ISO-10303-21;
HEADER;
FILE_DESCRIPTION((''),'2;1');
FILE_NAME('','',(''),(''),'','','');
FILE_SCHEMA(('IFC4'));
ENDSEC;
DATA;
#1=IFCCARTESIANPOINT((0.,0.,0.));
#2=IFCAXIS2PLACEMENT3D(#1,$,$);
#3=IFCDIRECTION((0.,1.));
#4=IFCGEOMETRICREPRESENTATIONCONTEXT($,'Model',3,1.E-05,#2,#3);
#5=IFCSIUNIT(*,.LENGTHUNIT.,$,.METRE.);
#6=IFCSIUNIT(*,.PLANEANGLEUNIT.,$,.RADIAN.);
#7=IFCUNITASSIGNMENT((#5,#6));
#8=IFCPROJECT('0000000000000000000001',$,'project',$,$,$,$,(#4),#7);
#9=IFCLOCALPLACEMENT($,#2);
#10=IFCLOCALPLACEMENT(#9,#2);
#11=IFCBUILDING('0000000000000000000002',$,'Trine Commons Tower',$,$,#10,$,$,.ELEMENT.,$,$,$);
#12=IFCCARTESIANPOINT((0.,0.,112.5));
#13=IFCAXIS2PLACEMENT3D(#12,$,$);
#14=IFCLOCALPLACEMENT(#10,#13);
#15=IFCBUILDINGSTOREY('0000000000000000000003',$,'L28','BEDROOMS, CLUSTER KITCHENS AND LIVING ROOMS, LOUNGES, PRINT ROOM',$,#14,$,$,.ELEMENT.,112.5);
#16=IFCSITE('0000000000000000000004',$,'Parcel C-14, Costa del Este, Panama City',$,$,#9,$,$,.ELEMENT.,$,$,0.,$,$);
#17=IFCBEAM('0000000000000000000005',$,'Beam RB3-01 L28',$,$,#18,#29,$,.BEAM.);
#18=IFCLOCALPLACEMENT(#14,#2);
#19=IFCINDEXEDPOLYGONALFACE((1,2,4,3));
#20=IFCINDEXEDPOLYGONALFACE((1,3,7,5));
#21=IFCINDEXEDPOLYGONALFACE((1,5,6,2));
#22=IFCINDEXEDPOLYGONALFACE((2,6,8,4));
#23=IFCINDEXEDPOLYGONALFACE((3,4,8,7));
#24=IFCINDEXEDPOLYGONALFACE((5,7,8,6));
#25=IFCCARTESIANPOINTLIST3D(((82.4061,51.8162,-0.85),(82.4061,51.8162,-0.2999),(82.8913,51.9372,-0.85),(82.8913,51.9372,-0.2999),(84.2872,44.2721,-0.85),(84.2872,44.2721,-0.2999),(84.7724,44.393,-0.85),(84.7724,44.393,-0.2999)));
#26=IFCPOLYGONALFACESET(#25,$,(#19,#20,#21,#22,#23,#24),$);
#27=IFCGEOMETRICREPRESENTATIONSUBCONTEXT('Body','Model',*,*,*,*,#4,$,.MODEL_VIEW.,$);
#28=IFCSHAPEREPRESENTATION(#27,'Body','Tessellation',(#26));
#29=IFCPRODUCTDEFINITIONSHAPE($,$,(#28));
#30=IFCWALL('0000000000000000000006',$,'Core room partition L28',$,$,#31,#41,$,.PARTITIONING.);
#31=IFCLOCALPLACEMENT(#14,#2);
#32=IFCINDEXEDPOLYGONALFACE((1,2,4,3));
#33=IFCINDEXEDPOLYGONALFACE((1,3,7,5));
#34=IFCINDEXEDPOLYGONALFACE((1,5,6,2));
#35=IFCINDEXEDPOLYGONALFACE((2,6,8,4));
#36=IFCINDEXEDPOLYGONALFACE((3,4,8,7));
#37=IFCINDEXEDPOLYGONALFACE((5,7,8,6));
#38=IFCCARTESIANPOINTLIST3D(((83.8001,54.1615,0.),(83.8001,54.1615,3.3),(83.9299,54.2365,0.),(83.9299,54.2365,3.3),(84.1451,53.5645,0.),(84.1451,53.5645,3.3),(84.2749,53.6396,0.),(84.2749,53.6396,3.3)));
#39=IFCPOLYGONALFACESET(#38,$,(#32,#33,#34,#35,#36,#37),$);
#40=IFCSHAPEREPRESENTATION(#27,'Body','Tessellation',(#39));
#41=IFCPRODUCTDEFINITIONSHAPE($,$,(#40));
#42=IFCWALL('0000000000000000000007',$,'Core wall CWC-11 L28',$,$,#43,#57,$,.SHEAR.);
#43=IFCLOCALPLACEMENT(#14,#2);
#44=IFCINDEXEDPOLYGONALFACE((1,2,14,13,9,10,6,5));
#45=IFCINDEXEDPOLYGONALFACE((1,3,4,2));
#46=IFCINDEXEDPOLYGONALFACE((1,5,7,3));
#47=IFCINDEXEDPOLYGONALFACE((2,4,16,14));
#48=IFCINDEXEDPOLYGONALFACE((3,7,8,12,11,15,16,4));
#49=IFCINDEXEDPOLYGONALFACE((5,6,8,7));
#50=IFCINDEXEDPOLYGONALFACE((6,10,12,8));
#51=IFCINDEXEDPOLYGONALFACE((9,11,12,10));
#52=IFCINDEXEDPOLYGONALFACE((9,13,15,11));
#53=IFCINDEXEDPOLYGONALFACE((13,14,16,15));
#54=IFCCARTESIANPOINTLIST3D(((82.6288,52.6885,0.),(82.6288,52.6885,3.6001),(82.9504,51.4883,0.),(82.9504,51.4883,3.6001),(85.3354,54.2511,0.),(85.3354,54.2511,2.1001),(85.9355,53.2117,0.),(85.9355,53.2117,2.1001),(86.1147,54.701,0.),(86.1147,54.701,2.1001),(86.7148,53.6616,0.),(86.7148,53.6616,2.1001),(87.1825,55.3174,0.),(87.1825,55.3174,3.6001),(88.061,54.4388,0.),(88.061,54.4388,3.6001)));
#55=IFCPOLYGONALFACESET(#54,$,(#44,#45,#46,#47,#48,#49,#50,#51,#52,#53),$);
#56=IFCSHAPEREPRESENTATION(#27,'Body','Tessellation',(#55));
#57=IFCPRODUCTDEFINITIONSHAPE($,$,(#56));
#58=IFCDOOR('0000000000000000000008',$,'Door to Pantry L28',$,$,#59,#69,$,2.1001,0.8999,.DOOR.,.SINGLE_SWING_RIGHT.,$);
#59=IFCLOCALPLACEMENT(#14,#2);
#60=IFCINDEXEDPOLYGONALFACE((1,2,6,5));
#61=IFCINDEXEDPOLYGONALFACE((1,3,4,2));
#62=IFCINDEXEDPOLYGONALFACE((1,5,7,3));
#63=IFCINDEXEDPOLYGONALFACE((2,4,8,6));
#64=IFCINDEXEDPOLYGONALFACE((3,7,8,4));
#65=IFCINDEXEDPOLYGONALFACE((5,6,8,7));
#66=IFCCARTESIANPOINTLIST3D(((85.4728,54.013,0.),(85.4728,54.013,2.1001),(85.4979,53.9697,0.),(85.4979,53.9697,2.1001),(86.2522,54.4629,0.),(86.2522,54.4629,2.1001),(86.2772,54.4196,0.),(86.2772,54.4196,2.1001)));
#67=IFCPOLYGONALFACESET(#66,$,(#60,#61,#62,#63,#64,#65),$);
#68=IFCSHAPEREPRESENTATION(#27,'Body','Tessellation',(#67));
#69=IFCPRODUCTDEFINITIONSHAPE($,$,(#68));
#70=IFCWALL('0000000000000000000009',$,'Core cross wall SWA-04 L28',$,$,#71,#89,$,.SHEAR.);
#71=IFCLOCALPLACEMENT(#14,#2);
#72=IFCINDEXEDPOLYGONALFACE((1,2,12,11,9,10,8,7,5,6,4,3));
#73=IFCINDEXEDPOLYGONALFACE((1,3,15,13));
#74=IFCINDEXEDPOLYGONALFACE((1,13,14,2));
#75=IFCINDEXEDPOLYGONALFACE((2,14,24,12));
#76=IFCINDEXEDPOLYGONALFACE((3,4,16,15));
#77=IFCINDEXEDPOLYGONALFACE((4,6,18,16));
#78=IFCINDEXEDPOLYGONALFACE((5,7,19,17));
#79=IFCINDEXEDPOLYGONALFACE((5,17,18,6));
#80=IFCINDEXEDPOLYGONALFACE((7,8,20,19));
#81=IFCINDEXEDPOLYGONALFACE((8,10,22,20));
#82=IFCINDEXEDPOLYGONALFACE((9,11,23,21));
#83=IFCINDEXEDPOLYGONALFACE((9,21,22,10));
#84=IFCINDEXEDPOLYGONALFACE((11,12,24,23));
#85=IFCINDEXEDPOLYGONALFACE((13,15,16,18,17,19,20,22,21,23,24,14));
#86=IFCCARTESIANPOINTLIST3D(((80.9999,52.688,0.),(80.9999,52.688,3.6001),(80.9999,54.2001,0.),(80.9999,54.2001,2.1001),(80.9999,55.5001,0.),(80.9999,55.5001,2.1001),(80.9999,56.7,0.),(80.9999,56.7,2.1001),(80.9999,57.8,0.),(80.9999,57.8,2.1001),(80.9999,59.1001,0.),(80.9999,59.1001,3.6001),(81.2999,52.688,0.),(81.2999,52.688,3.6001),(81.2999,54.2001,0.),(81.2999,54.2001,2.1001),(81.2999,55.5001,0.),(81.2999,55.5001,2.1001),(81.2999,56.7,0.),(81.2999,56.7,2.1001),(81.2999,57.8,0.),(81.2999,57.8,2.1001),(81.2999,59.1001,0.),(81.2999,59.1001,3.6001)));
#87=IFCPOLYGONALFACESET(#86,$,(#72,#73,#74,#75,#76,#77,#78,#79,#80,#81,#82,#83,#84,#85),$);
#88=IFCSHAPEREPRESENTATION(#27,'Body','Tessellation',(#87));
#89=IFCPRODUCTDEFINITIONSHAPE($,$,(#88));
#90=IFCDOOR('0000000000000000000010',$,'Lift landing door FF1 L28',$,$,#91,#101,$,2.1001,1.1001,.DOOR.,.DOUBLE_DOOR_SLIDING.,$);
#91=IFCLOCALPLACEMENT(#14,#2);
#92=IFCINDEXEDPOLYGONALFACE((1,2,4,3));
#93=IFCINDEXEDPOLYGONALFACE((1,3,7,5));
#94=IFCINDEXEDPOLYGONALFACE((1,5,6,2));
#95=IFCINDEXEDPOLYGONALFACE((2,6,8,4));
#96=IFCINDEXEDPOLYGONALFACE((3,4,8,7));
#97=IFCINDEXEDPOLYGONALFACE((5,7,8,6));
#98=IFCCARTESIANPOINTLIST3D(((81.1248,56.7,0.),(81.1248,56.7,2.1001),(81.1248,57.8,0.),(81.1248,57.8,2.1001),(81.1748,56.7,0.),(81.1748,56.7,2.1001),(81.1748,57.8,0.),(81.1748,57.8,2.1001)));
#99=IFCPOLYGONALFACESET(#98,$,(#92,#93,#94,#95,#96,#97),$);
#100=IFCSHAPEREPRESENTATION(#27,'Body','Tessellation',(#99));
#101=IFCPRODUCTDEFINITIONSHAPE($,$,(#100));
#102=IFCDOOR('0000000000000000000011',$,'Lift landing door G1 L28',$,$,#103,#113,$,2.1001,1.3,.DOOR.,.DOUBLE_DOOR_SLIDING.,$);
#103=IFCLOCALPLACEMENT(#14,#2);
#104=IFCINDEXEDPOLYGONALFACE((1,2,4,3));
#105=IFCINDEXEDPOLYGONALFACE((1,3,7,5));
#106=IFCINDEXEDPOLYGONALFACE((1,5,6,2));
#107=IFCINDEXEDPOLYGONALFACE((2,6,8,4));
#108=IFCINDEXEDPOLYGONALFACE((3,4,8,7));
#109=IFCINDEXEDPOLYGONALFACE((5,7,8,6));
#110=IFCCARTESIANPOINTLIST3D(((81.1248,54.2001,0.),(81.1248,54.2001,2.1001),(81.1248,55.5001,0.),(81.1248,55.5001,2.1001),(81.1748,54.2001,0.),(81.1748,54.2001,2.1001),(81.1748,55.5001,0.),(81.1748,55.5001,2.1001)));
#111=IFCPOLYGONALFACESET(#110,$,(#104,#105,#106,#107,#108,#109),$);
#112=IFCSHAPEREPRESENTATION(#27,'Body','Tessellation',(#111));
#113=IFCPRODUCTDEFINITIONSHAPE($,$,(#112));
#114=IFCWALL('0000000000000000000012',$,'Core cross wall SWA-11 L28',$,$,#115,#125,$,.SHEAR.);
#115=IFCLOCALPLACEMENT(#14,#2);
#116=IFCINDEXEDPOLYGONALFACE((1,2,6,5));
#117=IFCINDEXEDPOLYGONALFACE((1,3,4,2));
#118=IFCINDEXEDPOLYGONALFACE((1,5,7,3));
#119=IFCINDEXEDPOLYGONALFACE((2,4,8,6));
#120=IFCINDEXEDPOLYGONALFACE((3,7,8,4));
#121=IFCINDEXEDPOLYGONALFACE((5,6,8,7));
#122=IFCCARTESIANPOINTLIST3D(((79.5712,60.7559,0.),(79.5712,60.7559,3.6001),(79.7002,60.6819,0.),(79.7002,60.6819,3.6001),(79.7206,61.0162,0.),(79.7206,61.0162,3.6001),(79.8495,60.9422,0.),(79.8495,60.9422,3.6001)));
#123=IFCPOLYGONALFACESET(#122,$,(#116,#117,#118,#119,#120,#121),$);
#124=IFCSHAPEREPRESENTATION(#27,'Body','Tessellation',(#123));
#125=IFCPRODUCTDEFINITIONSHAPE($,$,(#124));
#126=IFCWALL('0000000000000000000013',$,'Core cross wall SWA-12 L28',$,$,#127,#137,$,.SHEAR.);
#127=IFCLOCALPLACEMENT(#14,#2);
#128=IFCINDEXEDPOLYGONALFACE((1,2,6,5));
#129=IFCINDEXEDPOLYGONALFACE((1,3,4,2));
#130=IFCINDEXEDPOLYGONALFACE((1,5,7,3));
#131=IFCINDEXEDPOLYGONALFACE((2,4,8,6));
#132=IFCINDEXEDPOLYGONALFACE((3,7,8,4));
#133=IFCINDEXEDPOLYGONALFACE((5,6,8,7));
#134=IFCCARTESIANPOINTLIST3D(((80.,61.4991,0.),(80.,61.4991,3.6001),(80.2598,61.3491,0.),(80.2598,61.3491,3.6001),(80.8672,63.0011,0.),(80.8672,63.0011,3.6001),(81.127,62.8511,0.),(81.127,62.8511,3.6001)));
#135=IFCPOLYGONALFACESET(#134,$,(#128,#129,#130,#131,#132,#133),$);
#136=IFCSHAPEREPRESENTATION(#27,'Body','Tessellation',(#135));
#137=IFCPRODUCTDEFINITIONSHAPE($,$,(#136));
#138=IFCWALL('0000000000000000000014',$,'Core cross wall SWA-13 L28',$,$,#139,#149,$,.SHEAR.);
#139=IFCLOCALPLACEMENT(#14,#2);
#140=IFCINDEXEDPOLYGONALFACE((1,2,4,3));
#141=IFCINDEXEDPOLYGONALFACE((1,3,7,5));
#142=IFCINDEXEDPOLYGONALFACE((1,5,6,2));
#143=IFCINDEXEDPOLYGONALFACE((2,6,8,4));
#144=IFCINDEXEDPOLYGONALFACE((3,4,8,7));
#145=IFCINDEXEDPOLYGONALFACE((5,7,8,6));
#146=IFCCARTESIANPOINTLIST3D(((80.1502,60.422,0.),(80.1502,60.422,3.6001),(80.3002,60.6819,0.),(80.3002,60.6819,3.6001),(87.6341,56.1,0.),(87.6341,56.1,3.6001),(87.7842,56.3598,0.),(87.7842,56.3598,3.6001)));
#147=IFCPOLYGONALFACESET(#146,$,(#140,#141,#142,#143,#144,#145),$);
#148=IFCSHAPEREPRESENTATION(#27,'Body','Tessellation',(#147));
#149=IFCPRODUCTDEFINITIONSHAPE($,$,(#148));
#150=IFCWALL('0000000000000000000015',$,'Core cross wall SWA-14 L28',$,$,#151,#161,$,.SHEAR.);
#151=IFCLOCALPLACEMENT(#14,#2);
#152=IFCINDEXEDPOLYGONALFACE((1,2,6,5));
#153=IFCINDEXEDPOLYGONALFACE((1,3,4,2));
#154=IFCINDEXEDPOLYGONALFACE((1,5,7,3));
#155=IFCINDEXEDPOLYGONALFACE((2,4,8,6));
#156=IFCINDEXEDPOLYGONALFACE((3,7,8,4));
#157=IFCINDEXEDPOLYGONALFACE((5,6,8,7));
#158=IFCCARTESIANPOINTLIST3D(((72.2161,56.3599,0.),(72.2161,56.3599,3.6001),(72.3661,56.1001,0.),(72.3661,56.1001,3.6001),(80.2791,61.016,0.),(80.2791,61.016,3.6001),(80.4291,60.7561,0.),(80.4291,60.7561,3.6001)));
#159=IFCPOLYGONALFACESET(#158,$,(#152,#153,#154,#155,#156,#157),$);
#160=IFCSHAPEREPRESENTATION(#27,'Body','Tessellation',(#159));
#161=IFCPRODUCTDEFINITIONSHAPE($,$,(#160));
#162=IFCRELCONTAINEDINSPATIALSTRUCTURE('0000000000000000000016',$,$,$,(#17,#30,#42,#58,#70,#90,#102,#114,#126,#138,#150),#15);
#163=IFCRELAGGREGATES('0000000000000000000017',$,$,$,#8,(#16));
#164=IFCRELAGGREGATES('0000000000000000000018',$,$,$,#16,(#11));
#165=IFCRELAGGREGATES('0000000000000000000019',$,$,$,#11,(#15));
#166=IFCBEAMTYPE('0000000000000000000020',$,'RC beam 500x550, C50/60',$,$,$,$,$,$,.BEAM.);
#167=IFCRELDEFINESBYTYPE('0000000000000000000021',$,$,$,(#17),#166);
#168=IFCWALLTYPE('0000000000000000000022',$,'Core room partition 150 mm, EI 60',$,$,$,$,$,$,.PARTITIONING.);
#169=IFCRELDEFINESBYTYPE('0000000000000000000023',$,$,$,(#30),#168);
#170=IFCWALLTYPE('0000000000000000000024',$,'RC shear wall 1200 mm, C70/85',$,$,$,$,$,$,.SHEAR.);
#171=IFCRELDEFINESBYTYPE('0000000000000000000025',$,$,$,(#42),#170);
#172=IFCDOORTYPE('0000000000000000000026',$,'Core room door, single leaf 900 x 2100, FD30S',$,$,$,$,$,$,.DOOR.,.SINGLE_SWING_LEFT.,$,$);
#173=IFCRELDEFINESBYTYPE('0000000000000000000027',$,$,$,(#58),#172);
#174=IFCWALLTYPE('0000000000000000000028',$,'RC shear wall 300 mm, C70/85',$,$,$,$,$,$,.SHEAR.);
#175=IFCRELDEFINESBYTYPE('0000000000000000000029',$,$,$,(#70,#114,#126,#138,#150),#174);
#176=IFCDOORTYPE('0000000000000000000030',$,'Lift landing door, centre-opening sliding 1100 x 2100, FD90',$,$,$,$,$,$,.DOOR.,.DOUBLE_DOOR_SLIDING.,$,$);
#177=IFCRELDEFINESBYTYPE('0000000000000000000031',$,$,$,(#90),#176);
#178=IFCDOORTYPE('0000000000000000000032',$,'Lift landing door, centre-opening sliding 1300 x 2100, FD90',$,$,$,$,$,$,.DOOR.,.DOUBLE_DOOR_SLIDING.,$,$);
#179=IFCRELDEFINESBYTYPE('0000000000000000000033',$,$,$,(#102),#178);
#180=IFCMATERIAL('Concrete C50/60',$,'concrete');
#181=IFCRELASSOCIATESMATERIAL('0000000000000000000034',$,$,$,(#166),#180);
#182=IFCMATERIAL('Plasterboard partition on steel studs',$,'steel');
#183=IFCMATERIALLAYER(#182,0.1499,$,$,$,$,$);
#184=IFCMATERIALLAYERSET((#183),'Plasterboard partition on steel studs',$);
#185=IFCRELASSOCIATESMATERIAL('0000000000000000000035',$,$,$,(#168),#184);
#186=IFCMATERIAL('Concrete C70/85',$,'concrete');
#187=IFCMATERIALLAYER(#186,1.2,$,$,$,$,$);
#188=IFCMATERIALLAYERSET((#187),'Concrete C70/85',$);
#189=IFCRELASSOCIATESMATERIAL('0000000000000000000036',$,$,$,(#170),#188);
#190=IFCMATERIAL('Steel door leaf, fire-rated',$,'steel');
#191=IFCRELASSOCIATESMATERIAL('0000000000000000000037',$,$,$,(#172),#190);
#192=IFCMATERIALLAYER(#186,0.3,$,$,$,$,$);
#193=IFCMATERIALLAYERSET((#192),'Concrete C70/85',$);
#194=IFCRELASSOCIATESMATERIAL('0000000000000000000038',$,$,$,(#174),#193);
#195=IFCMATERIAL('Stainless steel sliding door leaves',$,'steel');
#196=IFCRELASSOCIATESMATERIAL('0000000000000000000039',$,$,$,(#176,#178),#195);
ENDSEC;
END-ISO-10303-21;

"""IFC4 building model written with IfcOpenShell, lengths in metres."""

from ifc_helpers import new_model, si_unit, direction, frame, frame_2d, origin, origin_2d, place, context, subcontext, project, spatial, polyline, rectangle, outline, extrude, material, layer, layer_set, material_profile, profile_set, type_object, element, fill, save


model = new_model("IFC4")

# Units and contexts
model_context = context("Model", 3, precision=1e-05, world=origin(), true_north=direction((0.0, 1.0)))
body_context = subcontext(model_context, "Body", "Model", "MODEL_VIEW")
ifc_project = project(units=[si_unit("LENGTHUNIT", "METRE"), si_unit("PLANEANGLEUNIT", "RADIAN")], contexts=[model_context])

# Site, building, storey
site_placement = place(None, origin())
site = spatial("IfcSite", under=ifc_project, at=site_placement, Name="Parcel C-14, Costa del Este, Panama City", CompositionType="ELEMENT", RefElevation=0.0)
building_placement = place(site_placement, origin())
building = spatial("IfcBuilding", under=site, at=building_placement, Name="Trine Commons Tower", CompositionType="ELEMENT")
storey_placement = place(building_placement, frame((0.0, 0.0, 112.5)))
storey = spatial("IfcBuildingStorey", under=building, at=storey_placement, Name="L28", Description="BEDROOMS, CLUSTER KITCHENS AND LIVING ROOMS, LOUNGES, PRINT ROOM", CompositionType="ELEMENT", Elevation=112.5)

# Beam
ifc_material_1 = material(Name="Concrete C50/60", Category="concrete")
ifc_material_profile = material_profile(ifc_material_1, rectangle(XDim=0.5, YDim=0.55, at=origin_2d()), Name="RC 500x550")
ifc_profile_set = profile_set([ifc_material_profile], Name="Concrete C50/60")
beam_type = type_object("IfcBeamType", Name="RC beam 500x550, C50/60", PredefinedType="BEAM", material=ifc_profile_set)
beam_placement = place(storey_placement, frame((82.6487, 51.8767, -0.575), z_axis=(0.241937, -0.970292, 0.0), x_axis=(0.970292, 0.241937, 0.0)))
element("IfcBeam", 1, at=beam_placement, inside=storey, type_object=beam_type, Name="Beam RB3-01 L28", PredefinedType="BEAM", context=body_context, shape_type="SweptSolid", body=[
    extrude(rectangle(XDim=0.5, YDim=0.55, at=origin_2d()), origin(), (0.0, 0.0, 1.0), 7.7751),
])

# Wall
ifc_material_2 = material(Name="Plasterboard partition on steel studs", Category="steel")
ifc_layer_1 = layer(ifc_material_2, 0.1499)
ifc_layer_set_1 = layer_set([ifc_layer_1], Name="Plasterboard partition on steel studs")
wall_type_1 = type_object("IfcWallType", Name="Core room partition 150 mm, EI 60", PredefinedType="PARTITIONING", material=ifc_layer_set_1)
wall_1_placement = place(storey_placement, frame((84.21, 53.6021, 0.0), z_axis=(0.0, 0.0, 1.0), x_axis=(-0.500366, 0.865814, 0.0)))
element("IfcWall", 2, at=wall_1_placement, inside=storey, type_object=wall_type_1, Name="Core room partition L28", PredefinedType="PARTITIONING", context=body_context, shape_type="SweptSolid", body=[
    extrude(rectangle(XDim=0.6895, YDim=0.1499, at=frame_2d((0.3447, 0.0))), origin(), (0.0, 0.0, 1.0), 3.3),
])

# Wall, opening, door
ifc_material_3 = material(Name="Concrete C70/85", Category="concrete")
ifc_layer_2 = layer(ifc_material_3, 1.2)
ifc_layer_set_2 = layer_set([ifc_layer_2], Name="Concrete C70/85")
wall_type_2 = type_object("IfcWallType", Name="RC shear wall 1200 mm, C70/85", PredefinedType="SHEAR", material=ifc_layer_set_2)
wall_2_placement = place(storey_placement, frame((82.6504, 52.0081, 0.0), z_axis=(0.0, 0.0, 1.0), x_axis=(0.866037, 0.499979, 0.0)))
wall_2 = element("IfcWall", 3, at=wall_2_placement, inside=storey, type_object=wall_type_2, Name="Core wall CWC-11 L28", PredefinedType="SHEAR", context=body_context, shape_type="SweptSolid", body=[
    extrude(outline(polyline([(0.0, -0.6001), (5.9011, -0.6001), (5.5796, 0.6001), (0.3215, 0.6001), (0.0, -0.6001)])), origin(), (0.0, 0.0, 1.0), 3.6001),
])
opening_1_placement = place(wall_2_placement, frame((3.4468, 0.0, 0.0)))
opening_1 = element("IfcOpeningElement", 4, at=opening_1_placement, cuts=wall_2, PredefinedType="OPENING", context=body_context, shape_type="SweptSolid", body=[
    extrude(rectangle(XDim=0.8999, YDim=2.1001, at=frame_2d((0.45, 1.05))), frame((0.0, 0.6099, 0.0), z_axis=(0.0, -1.0, 0.0), x_axis=(1.0, 0.0, 0.0)), (0.0, 0.0, 1.0), 1.22),
])
ifc_material_4 = material(Name="Steel door leaf, fire-rated", Category="steel")
door_type_1 = type_object("IfcDoorType", Name="Core room door, single leaf 900 x 2100, FD30S", OperationType="SINGLE_SWING_LEFT", PredefinedType="DOOR", material=ifc_material_4)
door_1_placement = place(opening_1_placement, origin())
door_1 = element("IfcDoor", 5, at=door_1_placement, inside=storey, type_object=door_type_1, Name="Door to Pantry L28", OperationType="SINGLE_SWING_RIGHT", OverallHeight=2.1001, OverallWidth=0.8999, PredefinedType="DOOR", context=body_context, shape_type="SweptSolid", body=[
    extrude(rectangle(XDim=0.8999, YDim=2.1001, at=frame_2d((0.45, 1.05))), frame((0.0, 0.3252, 0.0), z_axis=(0.0, -1.0, 0.0), x_axis=(1.0, 0.0, 0.0)), (0.0, 0.0, 1.0), 0.05),
])
fill(opening_1, door_1)

# Wall, openings, doors
ifc_layer_3 = layer(ifc_material_3, 0.3)
ifc_layer_set_3 = layer_set([ifc_layer_3], Name="Concrete C70/85")
wall_type_3 = type_object("IfcWallType", Name="RC shear wall 300 mm, C70/85", PredefinedType="SHEAR", material=ifc_layer_set_3)
wall_3_placement = place(storey_placement, frame((81.1499, 59.1001, 0.0), z_axis=(0.0, 0.0, 1.0), x_axis=(0.0, -1.0, 0.0)))
wall_3 = element("IfcWall", 6, at=wall_3_placement, inside=storey, type_object=wall_type_3, Name="Core cross wall SWA-04 L28", PredefinedType="SHEAR", context=body_context, shape_type="SweptSolid", body=[
    extrude(rectangle(XDim=6.4121, YDim=0.3, at=frame_2d((3.2061, 0.0))), origin(), (0.0, 0.0, 1.0), 3.6001),
])
opening_2_placement = place(wall_3_placement, frame((3.6001, 0.0, 0.0)))
opening_2 = element("IfcOpeningElement", 7, at=opening_2_placement, cuts=wall_3, PredefinedType="OPENING", context=body_context, shape_type="SweptSolid", body=[
    extrude(rectangle(XDim=1.3, YDim=2.1001, at=frame_2d((0.6499, 1.05))), frame((0.0, 0.1599, 0.0), z_axis=(0.0, -1.0, 0.0), x_axis=(1.0, 0.0, 0.0)), (0.0, 0.0, 1.0), 0.3201),
])
opening_3_placement = place(wall_3_placement, frame((1.3, 0.0, 0.0)))
opening_3 = element("IfcOpeningElement", 8, at=opening_3_placement, cuts=wall_3, PredefinedType="OPENING", context=body_context, shape_type="SweptSolid", body=[
    extrude(rectangle(XDim=1.1001, YDim=2.1001, at=frame_2d((0.55, 1.05))), frame((0.0, 0.1599, 0.0), z_axis=(0.0, -1.0, 0.0), x_axis=(1.0, 0.0, 0.0)), (0.0, 0.0, 1.0), 0.3201),
])
ifc_material_5 = material(Name="Stainless steel sliding door leaves", Category="steel")
door_type_2 = type_object("IfcDoorType", Name="Lift landing door, centre-opening sliding 1100 x 2100, FD90", OperationType="DOUBLE_DOOR_SLIDING", PredefinedType="DOOR", material=ifc_material_5)
door_2_placement = place(opening_3_placement, origin())
door_2 = element("IfcDoor", 9, at=door_2_placement, inside=storey, type_object=door_type_2, Name="Lift landing door FF1 L28", OperationType="DOUBLE_DOOR_SLIDING", OverallHeight=2.1001, OverallWidth=1.1001, PredefinedType="DOOR", context=body_context, shape_type="SweptSolid", body=[
    extrude(rectangle(XDim=1.1001, YDim=2.1001, at=frame_2d((0.55, 1.05))), frame((0.0, 0.0249, 0.0), z_axis=(0.0, -1.0, 0.0), x_axis=(1.0, 0.0, 0.0)), (0.0, 0.0, 1.0), 0.05),
])
fill(opening_3, door_2)
door_type_3 = type_object("IfcDoorType", Name="Lift landing door, centre-opening sliding 1300 x 2100, FD90", OperationType="DOUBLE_DOOR_SLIDING", PredefinedType="DOOR", material=ifc_material_5)
door_3_placement = place(opening_2_placement, origin())
door_3 = element("IfcDoor", 10, at=door_3_placement, inside=storey, type_object=door_type_3, Name="Lift landing door G1 L28", OperationType="DOUBLE_DOOR_SLIDING", OverallHeight=2.1001, OverallWidth=1.3, PredefinedType="DOOR", context=body_context, shape_type="SweptSolid", body=[
    extrude(rectangle(XDim=1.3, YDim=2.1001, at=frame_2d((0.6499, 1.05))), frame((0.0, 0.0249, 0.0), z_axis=(0.0, -1.0, 0.0), x_axis=(1.0, 0.0, 0.0)), (0.0, 0.0, 1.0), 0.05),
])
fill(opening_2, door_3)

# Walls
wall_4_placement = place(storey_placement, frame((79.646, 60.886, 0.0), z_axis=(0.0, 0.0, 1.0), x_axis=(0.867332, -0.49773, 0.0)))
element("IfcWall", 11, at=wall_4_placement, inside=storey, type_object=wall_type_3, Name="Core cross wall SWA-11 L28", PredefinedType="SHEAR", context=body_context, shape_type="SweptSolid", body=[
    extrude(rectangle(XDim=0.1487, YDim=0.3, at=frame_2d((0.0742, 0.0))), origin(), (0.0, 0.0, 1.0), 3.6001),
])
wall_5_placement = place(storey_placement, frame((80.1299, 61.4241, 0.0), z_axis=(0.0, 0.0, 1.0), x_axis=(0.500015, 0.866017, 0.0)))
element("IfcWall", 12, at=wall_5_placement, inside=storey, type_object=wall_type_3, Name="Core cross wall SWA-12 L28", PredefinedType="SHEAR", context=body_context, shape_type="SweptSolid", body=[
    extrude(rectangle(XDim=1.7344, YDim=0.3, at=frame_2d((0.8672, 0.0))), origin(), (0.0, 0.0, 1.0), 3.6001),
])
wall_6_placement = place(storey_placement, frame((80.2251, 60.552, 0.0), z_axis=(0.0, 0.0, 1.0), x_axis=(0.865965, -0.500104, 0.0)))
element("IfcWall", 13, at=wall_6_placement, inside=storey, type_object=wall_type_3, Name="Core cross wall SWA-13 L28", PredefinedType="SHEAR", context=body_context, shape_type="SweptSolid", body=[
    extrude(rectangle(XDim=8.6423, YDim=0.3, at=frame_2d((4.3213, 0.0))), origin(), (0.0, 0.0, 1.0), 3.6001),
])
wall_7_placement = place(storey_placement, frame((80.354, 60.886, 0.0), z_axis=(0.0, 0.0, 1.0), x_axis=(-0.865986, -0.500067, 0.0)))
element("IfcWall", 14, at=wall_7_placement, inside=storey, type_object=wall_type_3, Name="Core cross wall SWA-14 L28", PredefinedType="SHEAR", context=body_context, shape_type="SweptSolid", body=[
    extrude(rectangle(XDim=9.3108, YDim=0.3, at=frame_2d((4.6553, 0.0))), origin(), (0.0, 0.0, 1.0), 3.6001),
])

save(model, "model.ifc")
